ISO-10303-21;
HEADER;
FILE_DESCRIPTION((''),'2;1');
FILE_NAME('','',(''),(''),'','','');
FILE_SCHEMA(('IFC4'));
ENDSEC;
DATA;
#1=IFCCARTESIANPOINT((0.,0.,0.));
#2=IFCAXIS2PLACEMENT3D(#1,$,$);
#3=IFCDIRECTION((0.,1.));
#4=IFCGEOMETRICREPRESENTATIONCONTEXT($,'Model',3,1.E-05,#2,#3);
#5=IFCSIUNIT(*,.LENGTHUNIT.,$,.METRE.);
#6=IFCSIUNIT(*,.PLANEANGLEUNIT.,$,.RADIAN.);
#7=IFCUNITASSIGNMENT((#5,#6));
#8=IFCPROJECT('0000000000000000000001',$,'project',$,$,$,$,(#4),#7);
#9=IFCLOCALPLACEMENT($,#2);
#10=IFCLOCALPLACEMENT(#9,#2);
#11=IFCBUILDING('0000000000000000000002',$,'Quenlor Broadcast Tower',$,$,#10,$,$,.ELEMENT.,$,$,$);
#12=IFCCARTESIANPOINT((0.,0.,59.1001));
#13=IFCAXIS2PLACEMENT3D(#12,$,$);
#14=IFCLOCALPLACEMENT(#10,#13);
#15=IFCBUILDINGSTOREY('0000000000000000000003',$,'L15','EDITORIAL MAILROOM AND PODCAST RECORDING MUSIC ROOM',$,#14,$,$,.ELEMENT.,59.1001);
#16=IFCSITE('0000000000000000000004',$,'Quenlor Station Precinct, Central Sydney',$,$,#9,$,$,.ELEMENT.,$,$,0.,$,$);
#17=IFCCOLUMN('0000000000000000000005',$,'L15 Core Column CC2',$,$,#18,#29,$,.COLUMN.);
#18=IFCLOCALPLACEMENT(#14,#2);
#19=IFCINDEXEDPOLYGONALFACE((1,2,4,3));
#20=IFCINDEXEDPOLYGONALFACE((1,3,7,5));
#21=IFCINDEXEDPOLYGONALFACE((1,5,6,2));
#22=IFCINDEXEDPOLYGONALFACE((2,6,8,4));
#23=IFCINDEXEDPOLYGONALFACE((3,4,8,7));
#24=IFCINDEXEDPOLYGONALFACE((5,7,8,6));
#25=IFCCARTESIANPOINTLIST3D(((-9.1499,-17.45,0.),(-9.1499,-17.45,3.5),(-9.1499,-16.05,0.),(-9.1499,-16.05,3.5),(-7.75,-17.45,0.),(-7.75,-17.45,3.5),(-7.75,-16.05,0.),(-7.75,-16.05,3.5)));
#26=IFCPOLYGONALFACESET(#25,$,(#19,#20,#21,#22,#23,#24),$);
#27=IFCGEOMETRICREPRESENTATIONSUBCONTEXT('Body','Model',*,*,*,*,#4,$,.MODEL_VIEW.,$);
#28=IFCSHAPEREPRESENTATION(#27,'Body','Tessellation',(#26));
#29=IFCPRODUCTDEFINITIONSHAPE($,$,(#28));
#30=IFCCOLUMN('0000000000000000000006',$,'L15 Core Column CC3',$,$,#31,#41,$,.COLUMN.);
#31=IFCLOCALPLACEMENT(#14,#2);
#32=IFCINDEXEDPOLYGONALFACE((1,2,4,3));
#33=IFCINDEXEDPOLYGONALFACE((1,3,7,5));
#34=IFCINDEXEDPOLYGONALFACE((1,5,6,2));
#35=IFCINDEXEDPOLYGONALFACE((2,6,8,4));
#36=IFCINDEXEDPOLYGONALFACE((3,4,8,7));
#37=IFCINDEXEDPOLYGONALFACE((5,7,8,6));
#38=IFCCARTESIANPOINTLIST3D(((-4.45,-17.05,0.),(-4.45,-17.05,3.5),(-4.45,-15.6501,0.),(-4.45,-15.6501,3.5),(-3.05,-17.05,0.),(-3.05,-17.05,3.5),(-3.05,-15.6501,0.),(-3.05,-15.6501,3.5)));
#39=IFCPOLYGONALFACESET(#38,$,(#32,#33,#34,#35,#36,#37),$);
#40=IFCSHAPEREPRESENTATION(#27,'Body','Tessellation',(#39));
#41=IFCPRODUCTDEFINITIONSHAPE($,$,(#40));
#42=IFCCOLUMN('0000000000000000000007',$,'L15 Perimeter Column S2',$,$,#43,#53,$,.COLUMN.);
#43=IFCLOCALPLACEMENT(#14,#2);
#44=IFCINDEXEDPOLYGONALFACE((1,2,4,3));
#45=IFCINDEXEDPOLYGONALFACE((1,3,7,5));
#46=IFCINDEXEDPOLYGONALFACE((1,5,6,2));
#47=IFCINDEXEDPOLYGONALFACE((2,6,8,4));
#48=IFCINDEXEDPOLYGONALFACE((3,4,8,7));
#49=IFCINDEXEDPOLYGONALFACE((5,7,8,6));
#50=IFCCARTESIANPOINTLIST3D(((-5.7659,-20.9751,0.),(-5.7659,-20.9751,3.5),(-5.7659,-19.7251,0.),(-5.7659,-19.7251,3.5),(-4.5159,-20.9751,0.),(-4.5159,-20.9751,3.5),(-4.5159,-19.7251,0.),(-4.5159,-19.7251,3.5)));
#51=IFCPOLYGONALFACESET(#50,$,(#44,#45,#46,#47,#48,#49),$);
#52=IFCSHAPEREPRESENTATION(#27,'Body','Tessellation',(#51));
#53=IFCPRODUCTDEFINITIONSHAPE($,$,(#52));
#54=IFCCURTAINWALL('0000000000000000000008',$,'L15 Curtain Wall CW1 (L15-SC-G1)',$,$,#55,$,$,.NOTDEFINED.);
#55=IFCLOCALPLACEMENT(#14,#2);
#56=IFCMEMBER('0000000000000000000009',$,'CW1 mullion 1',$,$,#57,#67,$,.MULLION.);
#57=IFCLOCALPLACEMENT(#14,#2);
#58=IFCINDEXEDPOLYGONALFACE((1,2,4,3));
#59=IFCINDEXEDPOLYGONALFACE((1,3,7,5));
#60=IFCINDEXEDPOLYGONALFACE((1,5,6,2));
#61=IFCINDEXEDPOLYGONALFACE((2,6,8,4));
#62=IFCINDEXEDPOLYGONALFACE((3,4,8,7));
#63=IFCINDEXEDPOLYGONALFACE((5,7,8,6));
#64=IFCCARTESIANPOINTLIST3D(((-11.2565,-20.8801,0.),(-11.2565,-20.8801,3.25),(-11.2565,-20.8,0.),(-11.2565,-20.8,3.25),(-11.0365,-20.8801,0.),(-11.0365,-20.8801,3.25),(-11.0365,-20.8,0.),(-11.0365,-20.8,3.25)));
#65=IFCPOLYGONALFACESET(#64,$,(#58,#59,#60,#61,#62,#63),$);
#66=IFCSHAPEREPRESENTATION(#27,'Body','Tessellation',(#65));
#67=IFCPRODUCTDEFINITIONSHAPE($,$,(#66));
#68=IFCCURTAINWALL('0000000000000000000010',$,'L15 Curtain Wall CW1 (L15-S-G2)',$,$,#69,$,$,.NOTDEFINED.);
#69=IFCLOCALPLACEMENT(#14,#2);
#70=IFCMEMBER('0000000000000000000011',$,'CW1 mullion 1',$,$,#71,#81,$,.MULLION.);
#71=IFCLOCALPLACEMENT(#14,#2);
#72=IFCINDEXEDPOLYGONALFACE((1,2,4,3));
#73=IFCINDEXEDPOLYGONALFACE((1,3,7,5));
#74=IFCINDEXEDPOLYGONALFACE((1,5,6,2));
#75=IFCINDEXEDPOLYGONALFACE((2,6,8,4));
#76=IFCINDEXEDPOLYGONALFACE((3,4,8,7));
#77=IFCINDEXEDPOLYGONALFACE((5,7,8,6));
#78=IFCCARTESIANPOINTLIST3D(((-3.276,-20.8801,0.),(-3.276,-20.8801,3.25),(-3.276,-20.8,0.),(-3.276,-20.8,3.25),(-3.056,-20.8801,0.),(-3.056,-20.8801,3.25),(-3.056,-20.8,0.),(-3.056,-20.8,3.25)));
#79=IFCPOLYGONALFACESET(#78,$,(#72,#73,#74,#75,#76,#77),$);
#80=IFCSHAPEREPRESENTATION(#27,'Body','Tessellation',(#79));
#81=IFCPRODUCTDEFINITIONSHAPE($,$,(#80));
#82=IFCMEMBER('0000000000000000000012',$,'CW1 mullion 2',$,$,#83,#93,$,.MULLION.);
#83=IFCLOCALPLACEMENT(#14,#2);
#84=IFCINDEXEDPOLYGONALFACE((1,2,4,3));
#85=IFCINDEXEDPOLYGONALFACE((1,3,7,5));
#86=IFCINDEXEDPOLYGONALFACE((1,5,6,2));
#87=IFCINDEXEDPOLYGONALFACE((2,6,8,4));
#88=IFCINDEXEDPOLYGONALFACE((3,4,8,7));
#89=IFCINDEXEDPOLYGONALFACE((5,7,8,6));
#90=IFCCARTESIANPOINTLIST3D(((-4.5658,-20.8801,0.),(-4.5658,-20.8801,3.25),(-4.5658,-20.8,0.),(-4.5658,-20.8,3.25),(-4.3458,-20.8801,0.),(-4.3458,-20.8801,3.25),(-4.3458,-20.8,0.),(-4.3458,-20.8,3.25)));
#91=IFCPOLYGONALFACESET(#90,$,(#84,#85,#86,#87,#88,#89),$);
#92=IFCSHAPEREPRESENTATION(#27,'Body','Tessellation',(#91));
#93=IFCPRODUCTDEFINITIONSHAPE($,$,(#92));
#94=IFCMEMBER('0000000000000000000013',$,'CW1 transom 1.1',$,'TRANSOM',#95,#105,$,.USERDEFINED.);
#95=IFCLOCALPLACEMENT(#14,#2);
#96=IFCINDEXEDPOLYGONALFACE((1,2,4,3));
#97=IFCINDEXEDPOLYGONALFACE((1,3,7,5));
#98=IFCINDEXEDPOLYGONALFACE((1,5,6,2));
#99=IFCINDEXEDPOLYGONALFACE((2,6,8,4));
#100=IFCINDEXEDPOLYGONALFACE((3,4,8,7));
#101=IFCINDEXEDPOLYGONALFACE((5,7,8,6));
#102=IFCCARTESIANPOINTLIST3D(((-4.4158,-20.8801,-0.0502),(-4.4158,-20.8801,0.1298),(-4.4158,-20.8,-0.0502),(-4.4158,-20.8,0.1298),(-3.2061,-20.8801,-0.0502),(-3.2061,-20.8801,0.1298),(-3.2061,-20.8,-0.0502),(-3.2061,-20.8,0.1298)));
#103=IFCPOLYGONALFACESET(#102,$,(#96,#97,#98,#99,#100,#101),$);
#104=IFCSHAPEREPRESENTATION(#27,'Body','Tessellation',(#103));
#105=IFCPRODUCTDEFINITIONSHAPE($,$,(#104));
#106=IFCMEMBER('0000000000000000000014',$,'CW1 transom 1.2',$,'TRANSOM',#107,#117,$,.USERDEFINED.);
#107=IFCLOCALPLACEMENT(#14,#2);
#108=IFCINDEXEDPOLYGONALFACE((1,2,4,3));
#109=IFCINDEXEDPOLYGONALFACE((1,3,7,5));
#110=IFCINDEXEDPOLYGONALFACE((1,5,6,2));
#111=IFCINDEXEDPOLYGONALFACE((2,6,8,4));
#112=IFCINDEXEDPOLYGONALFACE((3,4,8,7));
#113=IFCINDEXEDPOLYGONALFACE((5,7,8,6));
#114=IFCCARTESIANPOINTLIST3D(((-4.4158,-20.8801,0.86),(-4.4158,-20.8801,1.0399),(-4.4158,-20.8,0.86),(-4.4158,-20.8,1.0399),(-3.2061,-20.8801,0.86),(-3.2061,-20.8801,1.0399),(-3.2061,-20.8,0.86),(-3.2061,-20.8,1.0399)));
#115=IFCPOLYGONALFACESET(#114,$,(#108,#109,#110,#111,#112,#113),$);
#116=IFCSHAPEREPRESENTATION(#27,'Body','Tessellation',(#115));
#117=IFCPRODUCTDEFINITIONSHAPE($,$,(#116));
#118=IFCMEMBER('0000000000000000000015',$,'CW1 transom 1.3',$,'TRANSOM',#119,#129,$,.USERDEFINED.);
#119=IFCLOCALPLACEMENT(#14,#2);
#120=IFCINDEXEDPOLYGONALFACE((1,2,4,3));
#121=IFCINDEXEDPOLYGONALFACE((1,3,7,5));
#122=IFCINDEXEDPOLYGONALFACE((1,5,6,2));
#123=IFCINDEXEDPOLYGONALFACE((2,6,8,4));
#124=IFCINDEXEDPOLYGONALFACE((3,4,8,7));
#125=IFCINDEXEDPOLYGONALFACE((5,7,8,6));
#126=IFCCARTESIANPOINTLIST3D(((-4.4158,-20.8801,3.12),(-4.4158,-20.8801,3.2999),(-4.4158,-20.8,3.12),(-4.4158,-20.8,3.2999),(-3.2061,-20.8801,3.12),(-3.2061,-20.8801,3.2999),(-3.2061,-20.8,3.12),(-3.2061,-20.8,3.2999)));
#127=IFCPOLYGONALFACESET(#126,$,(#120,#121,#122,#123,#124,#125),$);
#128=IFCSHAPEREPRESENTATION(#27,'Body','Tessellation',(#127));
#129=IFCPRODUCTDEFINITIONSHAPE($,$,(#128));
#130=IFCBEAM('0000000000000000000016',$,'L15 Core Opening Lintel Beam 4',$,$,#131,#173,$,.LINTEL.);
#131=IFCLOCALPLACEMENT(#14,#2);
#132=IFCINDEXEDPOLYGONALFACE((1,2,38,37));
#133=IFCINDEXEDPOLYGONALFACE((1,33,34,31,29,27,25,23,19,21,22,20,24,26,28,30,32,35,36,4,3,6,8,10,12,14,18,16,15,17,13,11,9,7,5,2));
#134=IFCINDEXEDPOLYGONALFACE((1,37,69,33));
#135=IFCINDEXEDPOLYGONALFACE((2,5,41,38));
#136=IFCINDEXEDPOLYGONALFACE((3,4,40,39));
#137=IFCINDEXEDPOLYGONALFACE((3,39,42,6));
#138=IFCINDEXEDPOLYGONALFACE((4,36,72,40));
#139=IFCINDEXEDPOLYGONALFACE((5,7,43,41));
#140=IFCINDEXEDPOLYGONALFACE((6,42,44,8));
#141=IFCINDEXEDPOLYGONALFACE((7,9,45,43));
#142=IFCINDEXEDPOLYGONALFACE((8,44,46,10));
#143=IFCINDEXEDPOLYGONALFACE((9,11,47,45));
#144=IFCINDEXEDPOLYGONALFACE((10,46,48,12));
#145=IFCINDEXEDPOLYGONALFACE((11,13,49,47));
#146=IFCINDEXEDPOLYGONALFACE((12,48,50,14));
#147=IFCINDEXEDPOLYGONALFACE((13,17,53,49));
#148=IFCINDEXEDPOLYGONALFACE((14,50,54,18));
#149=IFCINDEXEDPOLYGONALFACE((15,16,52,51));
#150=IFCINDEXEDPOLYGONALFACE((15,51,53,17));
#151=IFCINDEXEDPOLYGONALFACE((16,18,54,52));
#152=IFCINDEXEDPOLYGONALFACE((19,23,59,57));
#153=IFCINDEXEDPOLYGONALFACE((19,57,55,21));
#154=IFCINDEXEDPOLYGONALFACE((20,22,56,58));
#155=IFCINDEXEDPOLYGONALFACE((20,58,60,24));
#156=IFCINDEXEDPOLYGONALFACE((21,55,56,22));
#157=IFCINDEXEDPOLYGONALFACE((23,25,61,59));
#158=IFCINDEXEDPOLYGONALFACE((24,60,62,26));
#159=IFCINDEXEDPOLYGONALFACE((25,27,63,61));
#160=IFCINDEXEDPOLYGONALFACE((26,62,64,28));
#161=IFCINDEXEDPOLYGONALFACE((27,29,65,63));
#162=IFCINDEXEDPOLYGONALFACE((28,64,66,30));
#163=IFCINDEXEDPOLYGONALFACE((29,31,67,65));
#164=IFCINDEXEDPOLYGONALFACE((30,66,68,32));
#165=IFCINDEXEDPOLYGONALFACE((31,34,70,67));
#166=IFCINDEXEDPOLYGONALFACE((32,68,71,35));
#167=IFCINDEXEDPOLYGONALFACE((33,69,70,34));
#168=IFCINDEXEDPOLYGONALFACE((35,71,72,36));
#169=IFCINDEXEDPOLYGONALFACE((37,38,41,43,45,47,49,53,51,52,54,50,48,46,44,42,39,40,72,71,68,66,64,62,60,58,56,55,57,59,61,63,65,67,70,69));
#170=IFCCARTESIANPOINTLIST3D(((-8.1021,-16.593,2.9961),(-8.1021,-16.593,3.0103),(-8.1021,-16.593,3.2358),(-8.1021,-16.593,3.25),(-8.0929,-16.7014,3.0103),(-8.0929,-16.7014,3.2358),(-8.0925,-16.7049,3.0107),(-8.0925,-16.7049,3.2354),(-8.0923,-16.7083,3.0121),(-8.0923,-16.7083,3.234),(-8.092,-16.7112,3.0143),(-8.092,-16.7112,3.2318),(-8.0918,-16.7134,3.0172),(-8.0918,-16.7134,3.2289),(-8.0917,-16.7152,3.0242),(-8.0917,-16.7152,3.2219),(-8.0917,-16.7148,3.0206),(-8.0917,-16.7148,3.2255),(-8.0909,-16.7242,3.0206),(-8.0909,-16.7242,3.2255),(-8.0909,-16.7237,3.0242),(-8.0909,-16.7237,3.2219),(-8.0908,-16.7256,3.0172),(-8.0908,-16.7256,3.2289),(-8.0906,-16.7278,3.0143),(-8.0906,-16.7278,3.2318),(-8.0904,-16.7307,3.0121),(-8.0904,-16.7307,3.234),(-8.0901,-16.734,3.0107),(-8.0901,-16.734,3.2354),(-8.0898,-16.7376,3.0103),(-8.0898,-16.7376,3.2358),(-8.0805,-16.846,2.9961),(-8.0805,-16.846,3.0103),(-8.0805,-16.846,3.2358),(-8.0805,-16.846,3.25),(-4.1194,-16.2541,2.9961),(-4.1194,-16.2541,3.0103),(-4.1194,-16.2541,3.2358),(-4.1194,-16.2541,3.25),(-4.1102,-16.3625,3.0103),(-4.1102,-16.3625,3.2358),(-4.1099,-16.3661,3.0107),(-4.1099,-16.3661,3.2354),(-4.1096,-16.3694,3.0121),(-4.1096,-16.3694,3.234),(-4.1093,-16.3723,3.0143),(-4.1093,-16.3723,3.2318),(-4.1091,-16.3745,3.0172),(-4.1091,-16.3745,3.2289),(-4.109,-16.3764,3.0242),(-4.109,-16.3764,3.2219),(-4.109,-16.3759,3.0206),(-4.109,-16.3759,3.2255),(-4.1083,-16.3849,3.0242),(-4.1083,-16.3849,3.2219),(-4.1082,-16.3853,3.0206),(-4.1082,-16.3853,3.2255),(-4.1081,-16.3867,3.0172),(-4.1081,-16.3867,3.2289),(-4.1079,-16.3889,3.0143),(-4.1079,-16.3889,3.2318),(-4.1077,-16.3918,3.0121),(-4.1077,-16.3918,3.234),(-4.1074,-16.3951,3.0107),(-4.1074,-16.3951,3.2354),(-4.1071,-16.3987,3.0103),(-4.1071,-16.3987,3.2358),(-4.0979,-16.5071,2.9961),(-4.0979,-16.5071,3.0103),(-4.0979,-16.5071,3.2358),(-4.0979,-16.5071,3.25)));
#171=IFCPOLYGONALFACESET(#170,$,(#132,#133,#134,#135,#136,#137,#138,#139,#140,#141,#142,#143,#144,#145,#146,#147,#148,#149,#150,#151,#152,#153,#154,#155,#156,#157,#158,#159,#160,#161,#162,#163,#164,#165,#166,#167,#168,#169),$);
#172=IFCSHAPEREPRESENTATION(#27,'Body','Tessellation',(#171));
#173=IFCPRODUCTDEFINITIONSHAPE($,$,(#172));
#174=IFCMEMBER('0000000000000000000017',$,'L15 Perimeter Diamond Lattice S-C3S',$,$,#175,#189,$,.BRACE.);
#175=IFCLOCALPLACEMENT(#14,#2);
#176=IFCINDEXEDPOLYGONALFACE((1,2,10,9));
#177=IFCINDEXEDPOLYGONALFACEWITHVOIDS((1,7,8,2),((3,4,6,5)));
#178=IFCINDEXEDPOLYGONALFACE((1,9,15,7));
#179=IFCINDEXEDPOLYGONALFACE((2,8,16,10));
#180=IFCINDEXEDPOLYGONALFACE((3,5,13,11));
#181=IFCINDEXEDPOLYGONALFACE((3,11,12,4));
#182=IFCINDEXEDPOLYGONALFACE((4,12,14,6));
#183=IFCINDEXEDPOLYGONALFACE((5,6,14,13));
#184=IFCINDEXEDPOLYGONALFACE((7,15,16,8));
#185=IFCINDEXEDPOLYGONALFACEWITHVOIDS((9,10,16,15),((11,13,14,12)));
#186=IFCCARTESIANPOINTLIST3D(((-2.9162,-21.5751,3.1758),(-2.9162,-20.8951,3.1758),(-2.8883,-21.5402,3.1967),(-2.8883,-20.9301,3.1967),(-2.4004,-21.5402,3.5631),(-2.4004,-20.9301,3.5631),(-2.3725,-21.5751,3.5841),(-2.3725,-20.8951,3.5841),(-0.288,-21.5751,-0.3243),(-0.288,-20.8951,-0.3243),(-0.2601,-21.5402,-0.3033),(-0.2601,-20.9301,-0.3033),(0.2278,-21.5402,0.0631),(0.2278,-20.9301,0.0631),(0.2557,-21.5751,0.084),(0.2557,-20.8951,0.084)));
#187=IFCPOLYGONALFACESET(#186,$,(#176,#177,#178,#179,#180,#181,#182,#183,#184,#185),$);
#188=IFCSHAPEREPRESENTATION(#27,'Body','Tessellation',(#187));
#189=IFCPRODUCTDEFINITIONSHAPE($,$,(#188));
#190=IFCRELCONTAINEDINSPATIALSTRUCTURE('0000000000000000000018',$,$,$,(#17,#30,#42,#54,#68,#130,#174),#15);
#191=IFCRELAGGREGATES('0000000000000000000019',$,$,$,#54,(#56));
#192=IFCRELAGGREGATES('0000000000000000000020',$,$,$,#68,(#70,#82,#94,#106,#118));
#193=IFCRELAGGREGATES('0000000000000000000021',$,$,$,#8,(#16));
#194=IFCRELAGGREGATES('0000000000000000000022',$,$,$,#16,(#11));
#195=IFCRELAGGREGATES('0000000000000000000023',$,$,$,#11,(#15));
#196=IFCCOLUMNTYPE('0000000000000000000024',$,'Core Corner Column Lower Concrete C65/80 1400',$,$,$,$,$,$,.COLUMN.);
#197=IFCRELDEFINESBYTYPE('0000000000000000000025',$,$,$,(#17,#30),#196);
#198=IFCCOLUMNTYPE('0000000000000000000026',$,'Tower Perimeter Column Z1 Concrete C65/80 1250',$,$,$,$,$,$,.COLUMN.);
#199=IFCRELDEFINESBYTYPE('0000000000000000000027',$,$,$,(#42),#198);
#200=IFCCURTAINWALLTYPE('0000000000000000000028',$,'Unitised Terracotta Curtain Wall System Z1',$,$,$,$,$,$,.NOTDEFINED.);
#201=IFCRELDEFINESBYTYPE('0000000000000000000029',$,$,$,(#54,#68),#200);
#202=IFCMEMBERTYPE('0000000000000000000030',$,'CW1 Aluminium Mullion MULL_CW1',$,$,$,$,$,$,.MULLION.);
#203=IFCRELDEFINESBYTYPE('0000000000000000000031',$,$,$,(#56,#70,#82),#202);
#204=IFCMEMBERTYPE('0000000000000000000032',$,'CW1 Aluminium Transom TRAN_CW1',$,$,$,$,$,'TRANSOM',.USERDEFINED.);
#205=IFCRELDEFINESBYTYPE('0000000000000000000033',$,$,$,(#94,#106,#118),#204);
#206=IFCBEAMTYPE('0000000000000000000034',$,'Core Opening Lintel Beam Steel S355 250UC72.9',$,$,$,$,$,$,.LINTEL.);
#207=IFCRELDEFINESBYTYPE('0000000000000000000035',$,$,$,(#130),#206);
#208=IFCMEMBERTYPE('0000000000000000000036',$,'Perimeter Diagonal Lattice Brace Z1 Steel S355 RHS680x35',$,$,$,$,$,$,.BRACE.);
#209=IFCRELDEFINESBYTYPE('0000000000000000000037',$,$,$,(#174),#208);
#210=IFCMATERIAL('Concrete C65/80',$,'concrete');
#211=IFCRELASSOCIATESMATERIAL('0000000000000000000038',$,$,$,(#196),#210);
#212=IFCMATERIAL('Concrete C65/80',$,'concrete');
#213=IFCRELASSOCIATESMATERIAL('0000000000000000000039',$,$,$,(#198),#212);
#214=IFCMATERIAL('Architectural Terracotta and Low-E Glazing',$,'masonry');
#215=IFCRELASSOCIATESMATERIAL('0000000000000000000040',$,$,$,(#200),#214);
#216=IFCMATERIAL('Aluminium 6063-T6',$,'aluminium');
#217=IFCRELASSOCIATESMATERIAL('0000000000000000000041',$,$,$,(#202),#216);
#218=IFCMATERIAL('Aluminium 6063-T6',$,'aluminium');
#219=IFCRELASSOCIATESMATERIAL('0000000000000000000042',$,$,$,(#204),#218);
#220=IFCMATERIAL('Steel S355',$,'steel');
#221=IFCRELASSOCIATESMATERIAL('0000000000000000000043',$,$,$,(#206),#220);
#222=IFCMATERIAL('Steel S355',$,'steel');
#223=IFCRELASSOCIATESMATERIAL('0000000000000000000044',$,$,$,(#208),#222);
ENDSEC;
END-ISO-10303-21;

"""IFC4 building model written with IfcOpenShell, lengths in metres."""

from ifc_helpers import new_model, si_unit, direction, frame, origin, origin_2d, place, context, subcontext, project, spatial, rectangle, hollow_rectangle, i_section, extrude, material, material_profile, profile_set, type_object, element, aggregate, save


model = new_model("IFC4")

# Units and contexts
model_context = context("Model", 3, precision=1e-05, world=origin(), true_north=direction((0.0, 1.0)))
body_context = subcontext(model_context, "Body", "Model", "MODEL_VIEW")
ifc_project = project(units=[si_unit("LENGTHUNIT", "METRE"), si_unit("PLANEANGLEUNIT", "RADIAN")], contexts=[model_context])

# Site, building, storey
site_placement = place(None, origin())
site = spatial("IfcSite", under=ifc_project, at=site_placement, Name="Quenlor Station Precinct, Central Sydney", CompositionType="ELEMENT", RefElevation=0.0)
building_placement = place(site_placement, origin())
building = spatial("IfcBuilding", under=site, at=building_placement, Name="Quenlor Broadcast Tower", CompositionType="ELEMENT")
storey_placement = place(building_placement, frame((0.0, 0.0, 59.1001)))
storey = spatial("IfcBuildingStorey", under=building, at=storey_placement, Name="L15", Description="EDITORIAL MAILROOM AND PODCAST RECORDING MUSIC ROOM", CompositionType="ELEMENT", Elevation=59.1001)

# Columns
ifc_material_1 = material(Name="Concrete C65/80", Category="concrete")
ifc_material_profile_1 = material_profile(ifc_material_1, rectangle(XDim=1.3999, YDim=1.3999, at=origin_2d()))
ifc_profile_set_1 = profile_set([ifc_material_profile_1], Name="Concrete C65/80 RC1400x1400")
column_type_1 = type_object("IfcColumnType", Name="Core Corner Column Lower Concrete C65/80 1400", PredefinedType="COLUMN", material=ifc_profile_set_1)
for number, where, z_axis, x_axis, name in (
    (1, (-8.45, -16.75, 0.0), (0.0, 0.0, 1.0), (1.0, 0.0, 0.0), "L15 Core Column CC2"),
    (2, (-3.75, -16.3501, 0.0), (0.0, 0.0, 1.0), (1.0, 0.0, 0.0), "L15 Core Column CC3"),
):
    element("IfcColumn", number, at=place(storey_placement, frame(where, z_axis=z_axis, x_axis=x_axis)), inside=storey, type_object=column_type_1, Name=name, PredefinedType="COLUMN", context=body_context, shape_type="SweptSolid", body=[
        extrude(rectangle(XDim=1.3999, YDim=1.3999, at=origin_2d()), origin(), (0.0, 0.0, 1.0), 3.5),
    ])
ifc_material_2 = material(Name="Concrete C65/80", Category="concrete")
ifc_material_profile_2 = material_profile(ifc_material_2, rectangle(XDim=1.25, YDim=1.25, at=origin_2d()))
ifc_profile_set_2 = profile_set([ifc_material_profile_2], Name="Concrete C65/80 RC1250x1250")
column_type_2 = type_object("IfcColumnType", Name="Tower Perimeter Column Z1 Concrete C65/80 1250", PredefinedType="COLUMN", material=ifc_profile_set_2)
column_placement = place(storey_placement, frame((-5.1409, -20.3501, 0.0), z_axis=(0.0, 0.0, 1.0), x_axis=(0.0, 1.0, 0.0)))
element("IfcColumn", 3, at=column_placement, inside=storey, type_object=column_type_2, Name="L15 Perimeter Column S2", PredefinedType="COLUMN", context=body_context, shape_type="SweptSolid", body=[
    extrude(rectangle(XDim=1.25, YDim=1.25, at=origin_2d()), origin(), (0.0, 0.0, 1.0), 3.5),
])

# Curtain wall, member
ifc_material_3 = material(Name="Architectural Terracotta and Low-E Glazing", Category="masonry")
curtain_wall_type = type_object("IfcCurtainWallType", Name="Unitised Terracotta Curtain Wall System Z1", PredefinedType="NOTDEFINED", material=ifc_material_3)
curtain_wall_1_placement = place(storey_placement, origin())
curtain_wall_1 = element("IfcCurtainWall", 4, at=curtain_wall_1_placement, inside=storey, type_object=curtain_wall_type, Name="L15 Curtain Wall CW1 (L15-SC-G1)", PredefinedType="NOTDEFINED")
ifc_material_4 = material(Name="Aluminium 6063-T6", Category="aluminium")
ifc_material_profile_3 = material_profile(ifc_material_4, rectangle(XDim=0.0801, YDim=0.22, at=origin_2d()))
ifc_profile_set_3 = profile_set([ifc_material_profile_3], Name="Aluminium 6063-T6 MULL80x220")
member_type_1 = type_object("IfcMemberType", Name="CW1 Aluminium Mullion MULL_CW1", PredefinedType="MULLION", material=ifc_profile_set_3)
member_1_placement = place(storey_placement, frame((-11.1465, -20.8401, 0.0), z_axis=(0.0, 0.0, 1.0), x_axis=(0.0, -1.0, 0.0)))
member_1 = element("IfcMember", 5, at=member_1_placement, type_object=member_type_1, Name="CW1 mullion 1", PredefinedType="MULLION", context=body_context, shape_type="SweptSolid", body=[
    extrude(rectangle(XDim=0.0801, YDim=0.22, at=origin_2d()), origin(), (0.0, 0.0, 1.0), 3.25),
])
aggregate(curtain_wall_1, [member_1])

# Curtain wall, members
curtain_wall_2_placement = place(storey_placement, origin())
curtain_wall_2 = element("IfcCurtainWall", 6, at=curtain_wall_2_placement, inside=storey, type_object=curtain_wall_type, Name="L15 Curtain Wall CW1 (L15-S-G2)", PredefinedType="NOTDEFINED")
member_2_placement = place(storey_placement, frame((-3.166, -20.8401, 0.0), z_axis=(0.0, 0.0, 1.0), x_axis=(0.0, -1.0, 0.0)))
member_2 = element("IfcMember", 7, at=member_2_placement, type_object=member_type_1, Name="CW1 mullion 1", PredefinedType="MULLION", context=body_context, shape_type="SweptSolid", body=[
    extrude(rectangle(XDim=0.0801, YDim=0.22, at=origin_2d()), origin(), (0.0, 0.0, 1.0), 3.25),
])
member_3_placement = place(storey_placement, frame((-4.4558, -20.8401, 0.0), z_axis=(0.0, 0.0, 1.0), x_axis=(0.0, -1.0, 0.0)))
member_3 = element("IfcMember", 8, at=member_3_placement, type_object=member_type_1, Name="CW1 mullion 2", PredefinedType="MULLION", context=body_context, shape_type="SweptSolid", body=[
    extrude(rectangle(XDim=0.0801, YDim=0.22, at=origin_2d()), origin(), (0.0, 0.0, 1.0), 3.25),
])
ifc_material_5 = material(Name="Aluminium 6063-T6", Category="aluminium")
ifc_material_profile_4 = material_profile(ifc_material_5, rectangle(XDim=0.0801, YDim=0.1799, at=origin_2d()))
ifc_profile_set_4 = profile_set([ifc_material_profile_4], Name="Aluminium 6063-T6 TRAN80x180")
member_type_2 = type_object("IfcMemberType", Name="CW1 Aluminium Transom TRAN_CW1", ElementType="TRANSOM", PredefinedType="USERDEFINED", material=ifc_profile_set_4)
member_4_placement = place(storey_placement, frame((-3.2061, -20.8401, 0.0398), z_axis=(-1.0, 0.0, 0.0), x_axis=(0.0, -1.0, 0.0)))
member_4 = element("IfcMember", 9, at=member_4_placement, type_object=member_type_2, Name="CW1 transom 1.1", ObjectType="TRANSOM", PredefinedType="USERDEFINED", context=body_context, shape_type="SweptSolid", body=[
    extrude(rectangle(XDim=0.0801, YDim=0.1799, at=origin_2d()), origin(), (0.0, 0.0, 1.0), 1.2097),
])
member_5_placement = place(storey_placement, frame((-3.2061, -20.8401, 0.95), z_axis=(-1.0, 0.0, 0.0), x_axis=(0.0, -1.0, 0.0)))
member_5 = element("IfcMember", 10, at=member_5_placement, type_object=member_type_2, Name="CW1 transom 1.2", ObjectType="TRANSOM", PredefinedType="USERDEFINED", context=body_context, shape_type="SweptSolid", body=[
    extrude(rectangle(XDim=0.0801, YDim=0.1799, at=origin_2d()), origin(), (0.0, 0.0, 1.0), 1.2097),
])
member_6_placement = place(storey_placement, frame((-3.2061, -20.8401, 3.21), z_axis=(-1.0, 0.0, 0.0), x_axis=(0.0, -1.0, 0.0)))
member_6 = element("IfcMember", 11, at=member_6_placement, type_object=member_type_2, Name="CW1 transom 1.3", ObjectType="TRANSOM", PredefinedType="USERDEFINED", context=body_context, shape_type="SweptSolid", body=[
    extrude(rectangle(XDim=0.0801, YDim=0.1799, at=origin_2d()), origin(), (0.0, 0.0, 1.0), 1.2097),
])

# Beam
ifc_material_6 = material(Name="Steel S355", Category="steel")
ifc_material_profile_5 = material_profile(ifc_material_6, i_section(OverallWidth=0.2539, OverallDepth=0.2539, WebThickness=0.0085, FlangeThickness=0.0142, FilletRadius=0.0139, at=origin_2d()))
ifc_profile_set_5 = profile_set([ifc_material_profile_5], Name="Steel S355 250UC72.9")
beam_type_1 = type_object("IfcBeamType", Name="Core Opening Lintel Beam Steel S355 250UC72.9", PredefinedType="LINTEL", material=ifc_profile_set_5)
beam_1_placement = place(storey_placement, frame((-8.0913, -16.7195, 3.123), z_axis=(0.9964, 0.084779, 0.0), x_axis=(-0.084779, 0.9964, 0.0)))
element("IfcBeam", 12, at=beam_1_placement, inside=storey, type_object=beam_type_1, Name="L15 Core Opening Lintel Beam 4", PredefinedType="LINTEL", context=body_context, shape_type="SweptSolid", body=[
    extrude(i_section(OverallWidth=0.2539, OverallDepth=0.2539, WebThickness=0.0085, FlangeThickness=0.0142, FilletRadius=0.0139, at=origin_2d()), origin(), (0.0, 0.0, 1.0), 3.9971),
])

# Member
ifc_material_7 = material(Name="Steel S355", Category="steel")
ifc_material_profile_6 = material_profile(ifc_material_7, hollow_rectangle(XDim=0.6799, YDim=0.6799, WallThickness=0.0349, at=origin_2d()))
ifc_profile_set_6 = profile_set([ifc_material_profile_6], Name="Steel S355 RHS680x680x35")
member_type_3 = type_object("IfcMemberType", Name="Perimeter Diagonal Lattice Brace Z1 Steel S355 RHS680x35", PredefinedType="BRACE", material=ifc_profile_set_6)
for number, where, z_axis, x_axis, name in (
    (13, (-0.0161, -21.2351, -0.1201), (-0.600464, 0.0, 0.799652), (0.0, -1.0, 0.0), "L15 Perimeter Diamond Lattice S-C3S"),
):
    element("IfcMember", number, at=place(storey_placement, frame(where, z_axis=z_axis, x_axis=x_axis)), inside=storey, type_object=member_type_3, Name=name, PredefinedType="BRACE", context=body_context, shape_type="SweptSolid", body=[
        extrude(hollow_rectangle(XDim=0.6799, YDim=0.6799, WallThickness=0.0349, at=origin_2d()), origin(), (0.0, 0.0, 1.0), 4.377),
    ])

aggregate(curtain_wall_2, [member_2, member_3, member_4, member_5, member_6])

save(model, "model.ifc")
